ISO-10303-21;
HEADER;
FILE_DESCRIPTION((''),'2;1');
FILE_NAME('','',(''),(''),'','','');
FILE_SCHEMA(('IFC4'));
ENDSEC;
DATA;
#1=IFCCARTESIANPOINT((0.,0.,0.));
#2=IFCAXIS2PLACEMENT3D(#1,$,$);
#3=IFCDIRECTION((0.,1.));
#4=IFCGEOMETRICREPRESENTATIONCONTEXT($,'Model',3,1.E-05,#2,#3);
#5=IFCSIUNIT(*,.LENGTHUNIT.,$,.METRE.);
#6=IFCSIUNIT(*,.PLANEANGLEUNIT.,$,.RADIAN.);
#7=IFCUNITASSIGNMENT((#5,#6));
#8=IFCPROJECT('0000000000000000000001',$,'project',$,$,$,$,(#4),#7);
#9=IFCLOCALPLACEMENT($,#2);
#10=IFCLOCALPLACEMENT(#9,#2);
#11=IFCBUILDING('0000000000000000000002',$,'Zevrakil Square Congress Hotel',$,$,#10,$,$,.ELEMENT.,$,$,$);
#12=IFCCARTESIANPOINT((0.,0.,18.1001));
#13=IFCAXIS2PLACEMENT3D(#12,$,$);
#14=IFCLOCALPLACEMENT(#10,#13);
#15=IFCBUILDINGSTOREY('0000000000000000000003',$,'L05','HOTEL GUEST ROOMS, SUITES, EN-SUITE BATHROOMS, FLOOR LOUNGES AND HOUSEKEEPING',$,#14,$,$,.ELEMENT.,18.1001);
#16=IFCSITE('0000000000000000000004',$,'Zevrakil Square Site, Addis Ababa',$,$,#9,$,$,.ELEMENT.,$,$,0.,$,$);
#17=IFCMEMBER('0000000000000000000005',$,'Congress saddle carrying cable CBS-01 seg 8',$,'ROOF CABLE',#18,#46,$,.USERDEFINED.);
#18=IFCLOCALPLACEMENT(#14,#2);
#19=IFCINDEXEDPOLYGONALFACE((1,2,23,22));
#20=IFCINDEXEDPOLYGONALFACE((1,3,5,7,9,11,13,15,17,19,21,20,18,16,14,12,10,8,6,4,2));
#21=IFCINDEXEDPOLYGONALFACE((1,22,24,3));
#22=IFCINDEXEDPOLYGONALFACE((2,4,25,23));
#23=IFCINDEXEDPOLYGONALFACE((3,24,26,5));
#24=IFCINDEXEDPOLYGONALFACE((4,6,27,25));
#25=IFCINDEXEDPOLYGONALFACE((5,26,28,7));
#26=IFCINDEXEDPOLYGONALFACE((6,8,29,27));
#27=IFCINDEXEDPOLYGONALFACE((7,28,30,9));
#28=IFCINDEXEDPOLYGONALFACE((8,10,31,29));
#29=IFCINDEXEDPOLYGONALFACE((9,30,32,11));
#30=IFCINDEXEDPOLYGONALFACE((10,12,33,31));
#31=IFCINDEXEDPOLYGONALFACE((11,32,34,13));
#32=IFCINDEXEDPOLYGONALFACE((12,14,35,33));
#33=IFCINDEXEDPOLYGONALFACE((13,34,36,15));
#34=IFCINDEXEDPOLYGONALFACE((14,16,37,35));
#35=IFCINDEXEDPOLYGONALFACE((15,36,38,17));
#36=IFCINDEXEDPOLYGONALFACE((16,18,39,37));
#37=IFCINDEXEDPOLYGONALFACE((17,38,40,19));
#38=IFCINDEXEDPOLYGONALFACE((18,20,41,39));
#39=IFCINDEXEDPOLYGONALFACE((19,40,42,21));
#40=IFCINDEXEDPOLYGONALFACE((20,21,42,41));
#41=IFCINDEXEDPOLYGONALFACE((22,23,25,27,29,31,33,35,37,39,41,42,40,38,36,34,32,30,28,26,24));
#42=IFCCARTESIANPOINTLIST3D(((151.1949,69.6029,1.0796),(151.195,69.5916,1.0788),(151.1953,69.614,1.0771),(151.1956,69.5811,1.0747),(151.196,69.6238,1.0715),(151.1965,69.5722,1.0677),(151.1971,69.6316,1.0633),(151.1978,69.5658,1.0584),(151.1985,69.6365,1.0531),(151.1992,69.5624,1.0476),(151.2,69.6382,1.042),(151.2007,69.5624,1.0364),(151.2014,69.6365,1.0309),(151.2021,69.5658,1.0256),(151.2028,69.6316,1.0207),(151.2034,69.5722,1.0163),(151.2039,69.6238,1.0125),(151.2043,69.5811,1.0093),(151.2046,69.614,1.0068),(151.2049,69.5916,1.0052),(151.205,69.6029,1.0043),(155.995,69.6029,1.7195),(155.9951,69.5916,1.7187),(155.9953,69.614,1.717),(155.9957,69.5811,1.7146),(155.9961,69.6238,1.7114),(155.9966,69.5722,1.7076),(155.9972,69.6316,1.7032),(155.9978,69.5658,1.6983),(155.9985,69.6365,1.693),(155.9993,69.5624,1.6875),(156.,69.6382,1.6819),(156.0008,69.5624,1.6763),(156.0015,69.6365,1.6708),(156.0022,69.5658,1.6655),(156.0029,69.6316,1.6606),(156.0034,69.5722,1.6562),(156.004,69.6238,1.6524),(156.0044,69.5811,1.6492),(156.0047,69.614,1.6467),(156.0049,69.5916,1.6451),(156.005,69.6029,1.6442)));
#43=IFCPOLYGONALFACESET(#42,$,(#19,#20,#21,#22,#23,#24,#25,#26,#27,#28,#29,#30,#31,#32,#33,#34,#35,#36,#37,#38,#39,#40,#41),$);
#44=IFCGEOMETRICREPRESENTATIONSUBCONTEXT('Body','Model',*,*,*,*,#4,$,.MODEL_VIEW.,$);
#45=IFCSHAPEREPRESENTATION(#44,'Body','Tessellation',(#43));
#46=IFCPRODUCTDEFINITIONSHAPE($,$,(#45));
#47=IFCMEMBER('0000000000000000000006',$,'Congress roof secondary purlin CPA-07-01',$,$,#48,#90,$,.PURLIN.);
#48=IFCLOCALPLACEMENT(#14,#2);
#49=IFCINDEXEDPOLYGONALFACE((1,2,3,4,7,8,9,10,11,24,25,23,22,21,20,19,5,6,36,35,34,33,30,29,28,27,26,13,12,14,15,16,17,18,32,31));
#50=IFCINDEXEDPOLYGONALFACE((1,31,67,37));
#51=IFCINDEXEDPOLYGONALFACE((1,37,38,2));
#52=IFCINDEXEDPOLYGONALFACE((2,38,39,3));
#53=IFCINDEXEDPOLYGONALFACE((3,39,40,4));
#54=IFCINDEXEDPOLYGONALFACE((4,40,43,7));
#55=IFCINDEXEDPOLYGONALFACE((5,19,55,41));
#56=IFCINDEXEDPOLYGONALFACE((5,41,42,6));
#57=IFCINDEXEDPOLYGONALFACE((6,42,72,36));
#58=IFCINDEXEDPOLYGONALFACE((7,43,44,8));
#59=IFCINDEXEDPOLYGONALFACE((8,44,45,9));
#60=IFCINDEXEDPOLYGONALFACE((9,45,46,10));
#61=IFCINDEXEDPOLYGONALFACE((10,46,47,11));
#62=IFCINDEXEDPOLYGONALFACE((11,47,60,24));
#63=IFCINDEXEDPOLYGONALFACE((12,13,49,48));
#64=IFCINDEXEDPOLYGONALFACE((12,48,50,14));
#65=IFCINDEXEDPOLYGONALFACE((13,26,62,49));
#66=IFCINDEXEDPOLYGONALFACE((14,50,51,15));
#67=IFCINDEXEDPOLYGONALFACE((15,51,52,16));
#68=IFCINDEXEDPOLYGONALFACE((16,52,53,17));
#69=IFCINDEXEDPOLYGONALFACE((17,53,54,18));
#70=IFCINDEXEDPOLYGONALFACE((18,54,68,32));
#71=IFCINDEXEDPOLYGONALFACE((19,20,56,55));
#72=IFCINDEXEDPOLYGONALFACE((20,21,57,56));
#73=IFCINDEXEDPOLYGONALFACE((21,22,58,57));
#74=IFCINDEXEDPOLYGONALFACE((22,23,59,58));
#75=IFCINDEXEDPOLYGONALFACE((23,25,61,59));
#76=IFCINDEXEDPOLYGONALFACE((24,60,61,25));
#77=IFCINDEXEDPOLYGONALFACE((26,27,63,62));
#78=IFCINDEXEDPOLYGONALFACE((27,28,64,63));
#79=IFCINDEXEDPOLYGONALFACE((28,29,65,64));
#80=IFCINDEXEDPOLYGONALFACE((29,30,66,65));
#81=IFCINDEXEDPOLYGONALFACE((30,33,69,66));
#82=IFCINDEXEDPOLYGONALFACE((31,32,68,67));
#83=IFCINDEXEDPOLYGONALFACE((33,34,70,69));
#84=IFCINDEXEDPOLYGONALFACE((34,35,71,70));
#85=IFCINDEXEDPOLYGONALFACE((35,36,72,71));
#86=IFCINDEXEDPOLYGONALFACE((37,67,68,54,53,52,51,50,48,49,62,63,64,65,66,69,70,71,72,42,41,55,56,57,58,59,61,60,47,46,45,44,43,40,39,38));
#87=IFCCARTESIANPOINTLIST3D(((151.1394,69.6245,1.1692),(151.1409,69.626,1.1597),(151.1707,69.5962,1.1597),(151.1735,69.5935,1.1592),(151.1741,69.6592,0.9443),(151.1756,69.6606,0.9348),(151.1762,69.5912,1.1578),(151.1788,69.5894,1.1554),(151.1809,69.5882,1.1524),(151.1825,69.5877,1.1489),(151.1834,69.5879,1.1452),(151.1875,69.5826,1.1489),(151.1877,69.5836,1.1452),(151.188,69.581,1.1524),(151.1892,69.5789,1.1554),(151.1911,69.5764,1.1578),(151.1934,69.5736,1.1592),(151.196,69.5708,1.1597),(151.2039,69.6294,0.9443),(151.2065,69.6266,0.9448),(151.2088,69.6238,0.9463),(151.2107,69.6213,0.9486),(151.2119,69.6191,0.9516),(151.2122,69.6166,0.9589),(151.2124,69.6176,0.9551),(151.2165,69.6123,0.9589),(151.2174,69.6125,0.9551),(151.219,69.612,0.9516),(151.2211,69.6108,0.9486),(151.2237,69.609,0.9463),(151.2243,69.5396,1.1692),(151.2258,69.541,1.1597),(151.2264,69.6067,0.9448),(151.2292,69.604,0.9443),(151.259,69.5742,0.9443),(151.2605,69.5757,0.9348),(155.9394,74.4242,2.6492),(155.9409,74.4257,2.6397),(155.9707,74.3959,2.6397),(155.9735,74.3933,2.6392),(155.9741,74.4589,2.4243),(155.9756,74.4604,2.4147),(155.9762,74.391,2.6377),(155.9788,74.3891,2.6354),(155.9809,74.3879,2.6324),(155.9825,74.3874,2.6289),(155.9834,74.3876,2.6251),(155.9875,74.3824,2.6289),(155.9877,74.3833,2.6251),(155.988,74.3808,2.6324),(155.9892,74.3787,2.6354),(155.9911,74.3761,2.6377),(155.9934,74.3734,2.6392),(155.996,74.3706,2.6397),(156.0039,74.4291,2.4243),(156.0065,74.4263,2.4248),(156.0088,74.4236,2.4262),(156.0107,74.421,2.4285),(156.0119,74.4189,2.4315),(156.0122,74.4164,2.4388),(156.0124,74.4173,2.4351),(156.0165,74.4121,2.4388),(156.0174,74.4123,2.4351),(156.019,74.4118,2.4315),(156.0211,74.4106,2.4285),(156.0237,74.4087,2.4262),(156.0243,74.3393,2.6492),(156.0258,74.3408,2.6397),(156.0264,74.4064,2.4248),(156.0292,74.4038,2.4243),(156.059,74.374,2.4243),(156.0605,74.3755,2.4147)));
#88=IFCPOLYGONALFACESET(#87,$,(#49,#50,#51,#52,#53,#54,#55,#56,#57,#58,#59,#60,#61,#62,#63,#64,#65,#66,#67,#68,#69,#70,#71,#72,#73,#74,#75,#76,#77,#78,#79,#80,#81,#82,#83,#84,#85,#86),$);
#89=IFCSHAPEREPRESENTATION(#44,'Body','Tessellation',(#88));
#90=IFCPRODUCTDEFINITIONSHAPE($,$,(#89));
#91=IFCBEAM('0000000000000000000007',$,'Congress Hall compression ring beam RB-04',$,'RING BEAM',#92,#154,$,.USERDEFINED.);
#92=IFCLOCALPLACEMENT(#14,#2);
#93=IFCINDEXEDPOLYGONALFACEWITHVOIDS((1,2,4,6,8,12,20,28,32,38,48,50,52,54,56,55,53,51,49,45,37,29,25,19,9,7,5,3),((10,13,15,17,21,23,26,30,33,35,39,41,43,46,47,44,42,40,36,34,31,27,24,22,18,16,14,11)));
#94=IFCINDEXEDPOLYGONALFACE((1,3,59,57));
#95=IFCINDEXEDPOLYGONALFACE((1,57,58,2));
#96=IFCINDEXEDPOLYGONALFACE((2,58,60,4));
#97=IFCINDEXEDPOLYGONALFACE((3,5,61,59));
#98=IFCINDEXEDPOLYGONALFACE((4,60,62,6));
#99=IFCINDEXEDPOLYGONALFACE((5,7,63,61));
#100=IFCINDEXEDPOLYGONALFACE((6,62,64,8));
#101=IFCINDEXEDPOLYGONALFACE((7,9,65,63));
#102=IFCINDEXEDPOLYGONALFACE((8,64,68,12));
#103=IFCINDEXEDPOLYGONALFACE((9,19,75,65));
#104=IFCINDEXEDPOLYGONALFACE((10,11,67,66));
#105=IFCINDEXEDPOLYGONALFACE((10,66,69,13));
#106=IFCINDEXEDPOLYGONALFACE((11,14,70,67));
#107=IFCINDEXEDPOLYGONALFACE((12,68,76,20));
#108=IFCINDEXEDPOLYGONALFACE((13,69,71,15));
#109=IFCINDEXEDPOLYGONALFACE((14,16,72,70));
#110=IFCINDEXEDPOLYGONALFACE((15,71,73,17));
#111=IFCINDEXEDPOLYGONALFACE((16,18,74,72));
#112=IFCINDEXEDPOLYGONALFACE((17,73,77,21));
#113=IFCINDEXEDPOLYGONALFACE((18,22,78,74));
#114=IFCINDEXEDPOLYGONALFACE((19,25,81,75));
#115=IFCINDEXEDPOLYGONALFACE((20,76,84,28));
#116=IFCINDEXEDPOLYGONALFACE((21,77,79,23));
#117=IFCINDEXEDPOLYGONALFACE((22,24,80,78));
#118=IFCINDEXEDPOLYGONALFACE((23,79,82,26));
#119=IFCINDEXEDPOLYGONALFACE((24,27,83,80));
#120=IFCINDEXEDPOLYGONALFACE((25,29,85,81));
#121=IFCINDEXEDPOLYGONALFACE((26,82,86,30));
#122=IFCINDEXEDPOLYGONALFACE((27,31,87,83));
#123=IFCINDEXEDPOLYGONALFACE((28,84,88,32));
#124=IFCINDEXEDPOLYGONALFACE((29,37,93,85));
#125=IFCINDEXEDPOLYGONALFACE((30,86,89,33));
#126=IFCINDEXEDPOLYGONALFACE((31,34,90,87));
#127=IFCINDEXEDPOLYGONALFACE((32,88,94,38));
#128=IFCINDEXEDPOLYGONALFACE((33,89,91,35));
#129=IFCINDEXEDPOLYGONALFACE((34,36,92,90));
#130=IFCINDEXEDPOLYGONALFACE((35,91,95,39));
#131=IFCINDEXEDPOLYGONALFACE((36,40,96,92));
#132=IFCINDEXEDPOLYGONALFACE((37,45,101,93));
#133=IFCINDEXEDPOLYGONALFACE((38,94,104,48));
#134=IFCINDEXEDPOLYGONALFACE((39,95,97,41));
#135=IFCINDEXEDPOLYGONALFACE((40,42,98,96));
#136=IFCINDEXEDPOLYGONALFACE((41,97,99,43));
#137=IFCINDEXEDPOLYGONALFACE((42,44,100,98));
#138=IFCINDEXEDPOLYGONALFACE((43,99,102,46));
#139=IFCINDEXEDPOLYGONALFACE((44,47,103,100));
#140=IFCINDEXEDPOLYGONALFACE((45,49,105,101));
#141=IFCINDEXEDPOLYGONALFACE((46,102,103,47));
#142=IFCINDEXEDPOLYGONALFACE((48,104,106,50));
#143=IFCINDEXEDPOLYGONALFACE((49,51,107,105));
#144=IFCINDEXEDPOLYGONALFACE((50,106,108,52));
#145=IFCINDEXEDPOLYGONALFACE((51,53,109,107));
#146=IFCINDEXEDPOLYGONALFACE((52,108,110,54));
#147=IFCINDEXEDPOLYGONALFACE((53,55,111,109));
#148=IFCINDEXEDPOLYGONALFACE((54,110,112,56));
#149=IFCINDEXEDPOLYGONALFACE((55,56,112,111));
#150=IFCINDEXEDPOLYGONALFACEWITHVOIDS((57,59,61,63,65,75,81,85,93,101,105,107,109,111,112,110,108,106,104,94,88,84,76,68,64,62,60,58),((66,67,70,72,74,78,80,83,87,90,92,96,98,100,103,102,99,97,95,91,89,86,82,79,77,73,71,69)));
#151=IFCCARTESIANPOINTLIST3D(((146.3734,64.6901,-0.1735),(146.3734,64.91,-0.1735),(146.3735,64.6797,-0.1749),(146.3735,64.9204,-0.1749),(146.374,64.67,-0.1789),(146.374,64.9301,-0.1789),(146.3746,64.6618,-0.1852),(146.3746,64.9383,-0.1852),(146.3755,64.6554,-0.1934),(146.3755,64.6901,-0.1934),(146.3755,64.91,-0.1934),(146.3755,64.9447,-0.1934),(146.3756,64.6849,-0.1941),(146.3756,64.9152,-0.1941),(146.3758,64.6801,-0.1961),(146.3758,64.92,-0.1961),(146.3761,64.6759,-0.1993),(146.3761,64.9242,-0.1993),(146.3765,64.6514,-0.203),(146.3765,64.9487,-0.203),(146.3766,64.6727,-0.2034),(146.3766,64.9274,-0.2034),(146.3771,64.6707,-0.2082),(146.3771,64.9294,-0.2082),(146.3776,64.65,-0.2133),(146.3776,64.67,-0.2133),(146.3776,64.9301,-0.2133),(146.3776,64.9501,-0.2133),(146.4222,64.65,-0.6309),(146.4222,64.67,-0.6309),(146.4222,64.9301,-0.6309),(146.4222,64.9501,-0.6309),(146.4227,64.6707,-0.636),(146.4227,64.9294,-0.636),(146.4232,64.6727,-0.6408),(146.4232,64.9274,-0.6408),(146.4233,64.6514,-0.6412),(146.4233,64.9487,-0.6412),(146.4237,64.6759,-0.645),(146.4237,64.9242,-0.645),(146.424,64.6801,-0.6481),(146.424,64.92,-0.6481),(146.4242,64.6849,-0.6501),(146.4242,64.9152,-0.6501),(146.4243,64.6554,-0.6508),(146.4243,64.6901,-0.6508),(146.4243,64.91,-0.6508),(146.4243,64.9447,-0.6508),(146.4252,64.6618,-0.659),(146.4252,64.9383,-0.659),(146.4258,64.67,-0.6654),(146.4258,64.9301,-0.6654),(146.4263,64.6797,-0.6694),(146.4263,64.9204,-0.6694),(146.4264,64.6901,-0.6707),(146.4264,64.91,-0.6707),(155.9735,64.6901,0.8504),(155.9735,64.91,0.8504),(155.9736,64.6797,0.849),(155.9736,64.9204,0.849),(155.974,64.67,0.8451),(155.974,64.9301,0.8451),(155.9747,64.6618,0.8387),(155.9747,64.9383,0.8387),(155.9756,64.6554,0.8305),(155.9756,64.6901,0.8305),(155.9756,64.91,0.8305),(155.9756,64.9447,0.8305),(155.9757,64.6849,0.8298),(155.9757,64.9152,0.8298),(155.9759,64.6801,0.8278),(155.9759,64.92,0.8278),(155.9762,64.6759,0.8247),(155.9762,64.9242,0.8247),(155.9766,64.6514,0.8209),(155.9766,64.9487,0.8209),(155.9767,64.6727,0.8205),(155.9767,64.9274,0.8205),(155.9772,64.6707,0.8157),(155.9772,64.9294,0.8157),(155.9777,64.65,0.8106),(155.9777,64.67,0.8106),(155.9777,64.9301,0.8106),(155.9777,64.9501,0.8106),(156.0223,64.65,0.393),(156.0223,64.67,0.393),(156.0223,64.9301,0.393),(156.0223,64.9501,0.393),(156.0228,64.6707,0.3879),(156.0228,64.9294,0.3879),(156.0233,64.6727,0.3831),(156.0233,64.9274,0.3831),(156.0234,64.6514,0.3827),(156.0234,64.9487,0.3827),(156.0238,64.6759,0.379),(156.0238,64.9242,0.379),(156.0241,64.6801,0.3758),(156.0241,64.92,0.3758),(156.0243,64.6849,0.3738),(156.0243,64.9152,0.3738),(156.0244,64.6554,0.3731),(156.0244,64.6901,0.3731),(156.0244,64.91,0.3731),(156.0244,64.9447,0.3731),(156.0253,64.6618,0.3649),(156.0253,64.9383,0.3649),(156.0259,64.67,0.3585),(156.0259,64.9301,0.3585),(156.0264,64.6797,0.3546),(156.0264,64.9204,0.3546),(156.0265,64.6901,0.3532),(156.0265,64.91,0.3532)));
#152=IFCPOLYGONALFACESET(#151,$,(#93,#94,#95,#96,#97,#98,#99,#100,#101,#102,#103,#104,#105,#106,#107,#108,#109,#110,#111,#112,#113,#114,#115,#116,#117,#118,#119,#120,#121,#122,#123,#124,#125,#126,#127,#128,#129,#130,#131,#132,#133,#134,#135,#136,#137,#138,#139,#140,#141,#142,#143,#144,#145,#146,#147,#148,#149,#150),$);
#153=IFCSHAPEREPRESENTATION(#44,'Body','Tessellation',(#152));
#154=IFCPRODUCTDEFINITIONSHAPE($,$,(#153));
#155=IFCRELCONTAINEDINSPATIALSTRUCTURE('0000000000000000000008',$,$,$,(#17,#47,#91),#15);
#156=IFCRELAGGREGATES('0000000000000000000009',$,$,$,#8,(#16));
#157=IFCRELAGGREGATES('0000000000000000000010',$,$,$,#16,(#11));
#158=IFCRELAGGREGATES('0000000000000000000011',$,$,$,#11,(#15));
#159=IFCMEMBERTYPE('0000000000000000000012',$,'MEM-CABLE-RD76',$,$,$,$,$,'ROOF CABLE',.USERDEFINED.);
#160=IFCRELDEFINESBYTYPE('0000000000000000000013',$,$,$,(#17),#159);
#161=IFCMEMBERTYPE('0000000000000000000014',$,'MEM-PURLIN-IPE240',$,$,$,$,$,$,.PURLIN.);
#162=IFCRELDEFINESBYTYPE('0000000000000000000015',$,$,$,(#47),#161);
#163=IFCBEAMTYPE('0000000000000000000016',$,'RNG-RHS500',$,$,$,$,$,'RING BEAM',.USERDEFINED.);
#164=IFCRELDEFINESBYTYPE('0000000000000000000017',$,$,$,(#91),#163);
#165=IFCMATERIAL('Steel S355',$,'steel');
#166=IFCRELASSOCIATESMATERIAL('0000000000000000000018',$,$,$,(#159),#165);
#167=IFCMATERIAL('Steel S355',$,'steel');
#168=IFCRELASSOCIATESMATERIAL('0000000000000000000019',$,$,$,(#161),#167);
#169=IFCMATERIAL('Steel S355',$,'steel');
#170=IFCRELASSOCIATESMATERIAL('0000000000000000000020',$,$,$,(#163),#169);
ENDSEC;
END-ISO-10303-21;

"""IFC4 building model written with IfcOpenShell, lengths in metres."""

from ifc_helpers import new_model, si_unit, direction, frame, origin, origin_2d, place, context, subcontext, project, spatial, hollow_rectangle, circle, i_section, extrude, material, material_profile, profile_set, type_object, element, save


model = new_model("IFC4")

# Units and contexts
model_context = context("Model", 3, precision=1e-05, world=origin(), true_north=direction((0.0, 1.0)))
body_context = subcontext(model_context, "Body", "Model", "MODEL_VIEW")
ifc_project = project(units=[si_unit("LENGTHUNIT", "METRE"), si_unit("PLANEANGLEUNIT", "RADIAN")], contexts=[model_context])

# Site, building, storey
site_placement = place(None, origin())
site = spatial("IfcSite", under=ifc_project, at=site_placement, Name="Zevrakil Square Site, Addis Ababa", CompositionType="ELEMENT", RefElevation=0.0)
building_placement = place(site_placement, origin())
building = spatial("IfcBuilding", under=site, at=building_placement, Name="Zevrakil Square Congress Hotel", CompositionType="ELEMENT")
storey_placement = place(building_placement, frame((0.0, 0.0, 18.1001)))
storey = spatial("IfcBuildingStorey", under=building, at=storey_placement, Name="L05", Description="HOTEL GUEST ROOMS, SUITES, EN-SUITE BATHROOMS, FLOOR LOUNGES AND HOUSEKEEPING", CompositionType="ELEMENT", Elevation=18.1001)

# Members
ifc_material_1 = material(Name="Steel S355", Category="steel")
ifc_material_profile_1 = material_profile(ifc_material_1, circle(Radius=0.0381, at=origin_2d()), Name="CABLE RD76")
ifc_profile_set_1 = profile_set([ifc_material_profile_1], Name="Steel S355")
member_type_1 = type_object("IfcMemberType", Name="MEM-CABLE-RD76", ElementType="ROOF CABLE", PredefinedType="USERDEFINED", material=ifc_profile_set_1)
member_1_placement = place(storey_placement, frame((151.2, 69.6001, 1.042), z_axis=(0.991231, 0.0, 0.132141), x_axis=(0.0, 1.0, 0.0)))
element("IfcMember", 1, at=member_1_placement, inside=storey, type_object=member_type_1, Name="Congress saddle carrying cable CBS-01 seg 8", ObjectType="ROOF CABLE", PredefinedType="USERDEFINED", context=body_context, shape_type="SweptSolid", body=[
    extrude(circle(Radius=0.0381, at=origin_2d()), origin(), (0.0, 0.0, 1.0), 4.8425),
])
ifc_material_2 = material(Name="Steel S355", Category="steel")
ifc_material_profile_2 = material_profile(ifc_material_2, i_section(OverallWidth=0.1201, OverallDepth=0.24, WebThickness=0.0061, FlangeThickness=0.0098, FilletRadius=0.0149, at=origin_2d()), Name="IPE 240")
ifc_profile_set_2 = profile_set([ifc_material_profile_2], Name="Steel S355")
member_type_2 = type_object("IfcMemberType", Name="MEM-PURLIN-IPE240", PredefinedType="PURLIN", material=ifc_profile_set_2)
member_2_placement = place(storey_placement, frame((151.2, 69.6001, 1.052), z_axis=(0.690895, 0.690859, 0.213021), x_axis=(-0.707089, 0.707125, 0.0)))
element("IfcMember", 2, at=member_2_placement, inside=storey, type_object=member_type_2, Name="Congress roof secondary purlin CPA-07-01", PredefinedType="PURLIN", context=body_context, shape_type="SweptSolid", body=[
    extrude(i_section(OverallWidth=0.1201, OverallDepth=0.24, WebThickness=0.0061, FlangeThickness=0.0098, FilletRadius=0.0149, at=origin_2d()), origin(), (0.0, 0.0, 1.0), 6.9475),
])

# Beam
ifc_material_3 = material(Name="Steel S355", Category="steel")
ifc_material_profile_3 = material_profile(ifc_material_3, hollow_rectangle(XDim=0.3, YDim=0.5, WallThickness=0.02, InnerFilletRadius=0.02, OuterFilletRadius=0.04, at=origin_2d()), Name="RHS 500x300x20")
ifc_profile_set_3 = profile_set([ifc_material_profile_3], Name="Steel S355")
beam_type_1 = type_object("IfcBeamType", Name="RNG-RHS500", ElementType="RING BEAM", PredefinedType="USERDEFINED", material=ifc_profile_set_3)
beam_1_placement = place(storey_placement, frame((146.3999, 64.8, -0.4221), z_axis=(0.99436, 0.0, 0.106056), x_axis=(0.0, 1.0, 0.0)))
element("IfcBeam", 3, at=beam_1_placement, inside=storey, type_object=beam_type_1, Name="Congress Hall compression ring beam RB-04", ObjectType="RING BEAM", PredefinedType="USERDEFINED", context=body_context, shape_type="SweptSolid", body=[
    extrude(hollow_rectangle(XDim=0.3, YDim=0.5, WallThickness=0.02, InnerFilletRadius=0.02, OuterFilletRadius=0.04, at=origin_2d()), origin(), (0.0, 0.0, 1.0), 9.6545),
])

save(model, "model.ifc")
